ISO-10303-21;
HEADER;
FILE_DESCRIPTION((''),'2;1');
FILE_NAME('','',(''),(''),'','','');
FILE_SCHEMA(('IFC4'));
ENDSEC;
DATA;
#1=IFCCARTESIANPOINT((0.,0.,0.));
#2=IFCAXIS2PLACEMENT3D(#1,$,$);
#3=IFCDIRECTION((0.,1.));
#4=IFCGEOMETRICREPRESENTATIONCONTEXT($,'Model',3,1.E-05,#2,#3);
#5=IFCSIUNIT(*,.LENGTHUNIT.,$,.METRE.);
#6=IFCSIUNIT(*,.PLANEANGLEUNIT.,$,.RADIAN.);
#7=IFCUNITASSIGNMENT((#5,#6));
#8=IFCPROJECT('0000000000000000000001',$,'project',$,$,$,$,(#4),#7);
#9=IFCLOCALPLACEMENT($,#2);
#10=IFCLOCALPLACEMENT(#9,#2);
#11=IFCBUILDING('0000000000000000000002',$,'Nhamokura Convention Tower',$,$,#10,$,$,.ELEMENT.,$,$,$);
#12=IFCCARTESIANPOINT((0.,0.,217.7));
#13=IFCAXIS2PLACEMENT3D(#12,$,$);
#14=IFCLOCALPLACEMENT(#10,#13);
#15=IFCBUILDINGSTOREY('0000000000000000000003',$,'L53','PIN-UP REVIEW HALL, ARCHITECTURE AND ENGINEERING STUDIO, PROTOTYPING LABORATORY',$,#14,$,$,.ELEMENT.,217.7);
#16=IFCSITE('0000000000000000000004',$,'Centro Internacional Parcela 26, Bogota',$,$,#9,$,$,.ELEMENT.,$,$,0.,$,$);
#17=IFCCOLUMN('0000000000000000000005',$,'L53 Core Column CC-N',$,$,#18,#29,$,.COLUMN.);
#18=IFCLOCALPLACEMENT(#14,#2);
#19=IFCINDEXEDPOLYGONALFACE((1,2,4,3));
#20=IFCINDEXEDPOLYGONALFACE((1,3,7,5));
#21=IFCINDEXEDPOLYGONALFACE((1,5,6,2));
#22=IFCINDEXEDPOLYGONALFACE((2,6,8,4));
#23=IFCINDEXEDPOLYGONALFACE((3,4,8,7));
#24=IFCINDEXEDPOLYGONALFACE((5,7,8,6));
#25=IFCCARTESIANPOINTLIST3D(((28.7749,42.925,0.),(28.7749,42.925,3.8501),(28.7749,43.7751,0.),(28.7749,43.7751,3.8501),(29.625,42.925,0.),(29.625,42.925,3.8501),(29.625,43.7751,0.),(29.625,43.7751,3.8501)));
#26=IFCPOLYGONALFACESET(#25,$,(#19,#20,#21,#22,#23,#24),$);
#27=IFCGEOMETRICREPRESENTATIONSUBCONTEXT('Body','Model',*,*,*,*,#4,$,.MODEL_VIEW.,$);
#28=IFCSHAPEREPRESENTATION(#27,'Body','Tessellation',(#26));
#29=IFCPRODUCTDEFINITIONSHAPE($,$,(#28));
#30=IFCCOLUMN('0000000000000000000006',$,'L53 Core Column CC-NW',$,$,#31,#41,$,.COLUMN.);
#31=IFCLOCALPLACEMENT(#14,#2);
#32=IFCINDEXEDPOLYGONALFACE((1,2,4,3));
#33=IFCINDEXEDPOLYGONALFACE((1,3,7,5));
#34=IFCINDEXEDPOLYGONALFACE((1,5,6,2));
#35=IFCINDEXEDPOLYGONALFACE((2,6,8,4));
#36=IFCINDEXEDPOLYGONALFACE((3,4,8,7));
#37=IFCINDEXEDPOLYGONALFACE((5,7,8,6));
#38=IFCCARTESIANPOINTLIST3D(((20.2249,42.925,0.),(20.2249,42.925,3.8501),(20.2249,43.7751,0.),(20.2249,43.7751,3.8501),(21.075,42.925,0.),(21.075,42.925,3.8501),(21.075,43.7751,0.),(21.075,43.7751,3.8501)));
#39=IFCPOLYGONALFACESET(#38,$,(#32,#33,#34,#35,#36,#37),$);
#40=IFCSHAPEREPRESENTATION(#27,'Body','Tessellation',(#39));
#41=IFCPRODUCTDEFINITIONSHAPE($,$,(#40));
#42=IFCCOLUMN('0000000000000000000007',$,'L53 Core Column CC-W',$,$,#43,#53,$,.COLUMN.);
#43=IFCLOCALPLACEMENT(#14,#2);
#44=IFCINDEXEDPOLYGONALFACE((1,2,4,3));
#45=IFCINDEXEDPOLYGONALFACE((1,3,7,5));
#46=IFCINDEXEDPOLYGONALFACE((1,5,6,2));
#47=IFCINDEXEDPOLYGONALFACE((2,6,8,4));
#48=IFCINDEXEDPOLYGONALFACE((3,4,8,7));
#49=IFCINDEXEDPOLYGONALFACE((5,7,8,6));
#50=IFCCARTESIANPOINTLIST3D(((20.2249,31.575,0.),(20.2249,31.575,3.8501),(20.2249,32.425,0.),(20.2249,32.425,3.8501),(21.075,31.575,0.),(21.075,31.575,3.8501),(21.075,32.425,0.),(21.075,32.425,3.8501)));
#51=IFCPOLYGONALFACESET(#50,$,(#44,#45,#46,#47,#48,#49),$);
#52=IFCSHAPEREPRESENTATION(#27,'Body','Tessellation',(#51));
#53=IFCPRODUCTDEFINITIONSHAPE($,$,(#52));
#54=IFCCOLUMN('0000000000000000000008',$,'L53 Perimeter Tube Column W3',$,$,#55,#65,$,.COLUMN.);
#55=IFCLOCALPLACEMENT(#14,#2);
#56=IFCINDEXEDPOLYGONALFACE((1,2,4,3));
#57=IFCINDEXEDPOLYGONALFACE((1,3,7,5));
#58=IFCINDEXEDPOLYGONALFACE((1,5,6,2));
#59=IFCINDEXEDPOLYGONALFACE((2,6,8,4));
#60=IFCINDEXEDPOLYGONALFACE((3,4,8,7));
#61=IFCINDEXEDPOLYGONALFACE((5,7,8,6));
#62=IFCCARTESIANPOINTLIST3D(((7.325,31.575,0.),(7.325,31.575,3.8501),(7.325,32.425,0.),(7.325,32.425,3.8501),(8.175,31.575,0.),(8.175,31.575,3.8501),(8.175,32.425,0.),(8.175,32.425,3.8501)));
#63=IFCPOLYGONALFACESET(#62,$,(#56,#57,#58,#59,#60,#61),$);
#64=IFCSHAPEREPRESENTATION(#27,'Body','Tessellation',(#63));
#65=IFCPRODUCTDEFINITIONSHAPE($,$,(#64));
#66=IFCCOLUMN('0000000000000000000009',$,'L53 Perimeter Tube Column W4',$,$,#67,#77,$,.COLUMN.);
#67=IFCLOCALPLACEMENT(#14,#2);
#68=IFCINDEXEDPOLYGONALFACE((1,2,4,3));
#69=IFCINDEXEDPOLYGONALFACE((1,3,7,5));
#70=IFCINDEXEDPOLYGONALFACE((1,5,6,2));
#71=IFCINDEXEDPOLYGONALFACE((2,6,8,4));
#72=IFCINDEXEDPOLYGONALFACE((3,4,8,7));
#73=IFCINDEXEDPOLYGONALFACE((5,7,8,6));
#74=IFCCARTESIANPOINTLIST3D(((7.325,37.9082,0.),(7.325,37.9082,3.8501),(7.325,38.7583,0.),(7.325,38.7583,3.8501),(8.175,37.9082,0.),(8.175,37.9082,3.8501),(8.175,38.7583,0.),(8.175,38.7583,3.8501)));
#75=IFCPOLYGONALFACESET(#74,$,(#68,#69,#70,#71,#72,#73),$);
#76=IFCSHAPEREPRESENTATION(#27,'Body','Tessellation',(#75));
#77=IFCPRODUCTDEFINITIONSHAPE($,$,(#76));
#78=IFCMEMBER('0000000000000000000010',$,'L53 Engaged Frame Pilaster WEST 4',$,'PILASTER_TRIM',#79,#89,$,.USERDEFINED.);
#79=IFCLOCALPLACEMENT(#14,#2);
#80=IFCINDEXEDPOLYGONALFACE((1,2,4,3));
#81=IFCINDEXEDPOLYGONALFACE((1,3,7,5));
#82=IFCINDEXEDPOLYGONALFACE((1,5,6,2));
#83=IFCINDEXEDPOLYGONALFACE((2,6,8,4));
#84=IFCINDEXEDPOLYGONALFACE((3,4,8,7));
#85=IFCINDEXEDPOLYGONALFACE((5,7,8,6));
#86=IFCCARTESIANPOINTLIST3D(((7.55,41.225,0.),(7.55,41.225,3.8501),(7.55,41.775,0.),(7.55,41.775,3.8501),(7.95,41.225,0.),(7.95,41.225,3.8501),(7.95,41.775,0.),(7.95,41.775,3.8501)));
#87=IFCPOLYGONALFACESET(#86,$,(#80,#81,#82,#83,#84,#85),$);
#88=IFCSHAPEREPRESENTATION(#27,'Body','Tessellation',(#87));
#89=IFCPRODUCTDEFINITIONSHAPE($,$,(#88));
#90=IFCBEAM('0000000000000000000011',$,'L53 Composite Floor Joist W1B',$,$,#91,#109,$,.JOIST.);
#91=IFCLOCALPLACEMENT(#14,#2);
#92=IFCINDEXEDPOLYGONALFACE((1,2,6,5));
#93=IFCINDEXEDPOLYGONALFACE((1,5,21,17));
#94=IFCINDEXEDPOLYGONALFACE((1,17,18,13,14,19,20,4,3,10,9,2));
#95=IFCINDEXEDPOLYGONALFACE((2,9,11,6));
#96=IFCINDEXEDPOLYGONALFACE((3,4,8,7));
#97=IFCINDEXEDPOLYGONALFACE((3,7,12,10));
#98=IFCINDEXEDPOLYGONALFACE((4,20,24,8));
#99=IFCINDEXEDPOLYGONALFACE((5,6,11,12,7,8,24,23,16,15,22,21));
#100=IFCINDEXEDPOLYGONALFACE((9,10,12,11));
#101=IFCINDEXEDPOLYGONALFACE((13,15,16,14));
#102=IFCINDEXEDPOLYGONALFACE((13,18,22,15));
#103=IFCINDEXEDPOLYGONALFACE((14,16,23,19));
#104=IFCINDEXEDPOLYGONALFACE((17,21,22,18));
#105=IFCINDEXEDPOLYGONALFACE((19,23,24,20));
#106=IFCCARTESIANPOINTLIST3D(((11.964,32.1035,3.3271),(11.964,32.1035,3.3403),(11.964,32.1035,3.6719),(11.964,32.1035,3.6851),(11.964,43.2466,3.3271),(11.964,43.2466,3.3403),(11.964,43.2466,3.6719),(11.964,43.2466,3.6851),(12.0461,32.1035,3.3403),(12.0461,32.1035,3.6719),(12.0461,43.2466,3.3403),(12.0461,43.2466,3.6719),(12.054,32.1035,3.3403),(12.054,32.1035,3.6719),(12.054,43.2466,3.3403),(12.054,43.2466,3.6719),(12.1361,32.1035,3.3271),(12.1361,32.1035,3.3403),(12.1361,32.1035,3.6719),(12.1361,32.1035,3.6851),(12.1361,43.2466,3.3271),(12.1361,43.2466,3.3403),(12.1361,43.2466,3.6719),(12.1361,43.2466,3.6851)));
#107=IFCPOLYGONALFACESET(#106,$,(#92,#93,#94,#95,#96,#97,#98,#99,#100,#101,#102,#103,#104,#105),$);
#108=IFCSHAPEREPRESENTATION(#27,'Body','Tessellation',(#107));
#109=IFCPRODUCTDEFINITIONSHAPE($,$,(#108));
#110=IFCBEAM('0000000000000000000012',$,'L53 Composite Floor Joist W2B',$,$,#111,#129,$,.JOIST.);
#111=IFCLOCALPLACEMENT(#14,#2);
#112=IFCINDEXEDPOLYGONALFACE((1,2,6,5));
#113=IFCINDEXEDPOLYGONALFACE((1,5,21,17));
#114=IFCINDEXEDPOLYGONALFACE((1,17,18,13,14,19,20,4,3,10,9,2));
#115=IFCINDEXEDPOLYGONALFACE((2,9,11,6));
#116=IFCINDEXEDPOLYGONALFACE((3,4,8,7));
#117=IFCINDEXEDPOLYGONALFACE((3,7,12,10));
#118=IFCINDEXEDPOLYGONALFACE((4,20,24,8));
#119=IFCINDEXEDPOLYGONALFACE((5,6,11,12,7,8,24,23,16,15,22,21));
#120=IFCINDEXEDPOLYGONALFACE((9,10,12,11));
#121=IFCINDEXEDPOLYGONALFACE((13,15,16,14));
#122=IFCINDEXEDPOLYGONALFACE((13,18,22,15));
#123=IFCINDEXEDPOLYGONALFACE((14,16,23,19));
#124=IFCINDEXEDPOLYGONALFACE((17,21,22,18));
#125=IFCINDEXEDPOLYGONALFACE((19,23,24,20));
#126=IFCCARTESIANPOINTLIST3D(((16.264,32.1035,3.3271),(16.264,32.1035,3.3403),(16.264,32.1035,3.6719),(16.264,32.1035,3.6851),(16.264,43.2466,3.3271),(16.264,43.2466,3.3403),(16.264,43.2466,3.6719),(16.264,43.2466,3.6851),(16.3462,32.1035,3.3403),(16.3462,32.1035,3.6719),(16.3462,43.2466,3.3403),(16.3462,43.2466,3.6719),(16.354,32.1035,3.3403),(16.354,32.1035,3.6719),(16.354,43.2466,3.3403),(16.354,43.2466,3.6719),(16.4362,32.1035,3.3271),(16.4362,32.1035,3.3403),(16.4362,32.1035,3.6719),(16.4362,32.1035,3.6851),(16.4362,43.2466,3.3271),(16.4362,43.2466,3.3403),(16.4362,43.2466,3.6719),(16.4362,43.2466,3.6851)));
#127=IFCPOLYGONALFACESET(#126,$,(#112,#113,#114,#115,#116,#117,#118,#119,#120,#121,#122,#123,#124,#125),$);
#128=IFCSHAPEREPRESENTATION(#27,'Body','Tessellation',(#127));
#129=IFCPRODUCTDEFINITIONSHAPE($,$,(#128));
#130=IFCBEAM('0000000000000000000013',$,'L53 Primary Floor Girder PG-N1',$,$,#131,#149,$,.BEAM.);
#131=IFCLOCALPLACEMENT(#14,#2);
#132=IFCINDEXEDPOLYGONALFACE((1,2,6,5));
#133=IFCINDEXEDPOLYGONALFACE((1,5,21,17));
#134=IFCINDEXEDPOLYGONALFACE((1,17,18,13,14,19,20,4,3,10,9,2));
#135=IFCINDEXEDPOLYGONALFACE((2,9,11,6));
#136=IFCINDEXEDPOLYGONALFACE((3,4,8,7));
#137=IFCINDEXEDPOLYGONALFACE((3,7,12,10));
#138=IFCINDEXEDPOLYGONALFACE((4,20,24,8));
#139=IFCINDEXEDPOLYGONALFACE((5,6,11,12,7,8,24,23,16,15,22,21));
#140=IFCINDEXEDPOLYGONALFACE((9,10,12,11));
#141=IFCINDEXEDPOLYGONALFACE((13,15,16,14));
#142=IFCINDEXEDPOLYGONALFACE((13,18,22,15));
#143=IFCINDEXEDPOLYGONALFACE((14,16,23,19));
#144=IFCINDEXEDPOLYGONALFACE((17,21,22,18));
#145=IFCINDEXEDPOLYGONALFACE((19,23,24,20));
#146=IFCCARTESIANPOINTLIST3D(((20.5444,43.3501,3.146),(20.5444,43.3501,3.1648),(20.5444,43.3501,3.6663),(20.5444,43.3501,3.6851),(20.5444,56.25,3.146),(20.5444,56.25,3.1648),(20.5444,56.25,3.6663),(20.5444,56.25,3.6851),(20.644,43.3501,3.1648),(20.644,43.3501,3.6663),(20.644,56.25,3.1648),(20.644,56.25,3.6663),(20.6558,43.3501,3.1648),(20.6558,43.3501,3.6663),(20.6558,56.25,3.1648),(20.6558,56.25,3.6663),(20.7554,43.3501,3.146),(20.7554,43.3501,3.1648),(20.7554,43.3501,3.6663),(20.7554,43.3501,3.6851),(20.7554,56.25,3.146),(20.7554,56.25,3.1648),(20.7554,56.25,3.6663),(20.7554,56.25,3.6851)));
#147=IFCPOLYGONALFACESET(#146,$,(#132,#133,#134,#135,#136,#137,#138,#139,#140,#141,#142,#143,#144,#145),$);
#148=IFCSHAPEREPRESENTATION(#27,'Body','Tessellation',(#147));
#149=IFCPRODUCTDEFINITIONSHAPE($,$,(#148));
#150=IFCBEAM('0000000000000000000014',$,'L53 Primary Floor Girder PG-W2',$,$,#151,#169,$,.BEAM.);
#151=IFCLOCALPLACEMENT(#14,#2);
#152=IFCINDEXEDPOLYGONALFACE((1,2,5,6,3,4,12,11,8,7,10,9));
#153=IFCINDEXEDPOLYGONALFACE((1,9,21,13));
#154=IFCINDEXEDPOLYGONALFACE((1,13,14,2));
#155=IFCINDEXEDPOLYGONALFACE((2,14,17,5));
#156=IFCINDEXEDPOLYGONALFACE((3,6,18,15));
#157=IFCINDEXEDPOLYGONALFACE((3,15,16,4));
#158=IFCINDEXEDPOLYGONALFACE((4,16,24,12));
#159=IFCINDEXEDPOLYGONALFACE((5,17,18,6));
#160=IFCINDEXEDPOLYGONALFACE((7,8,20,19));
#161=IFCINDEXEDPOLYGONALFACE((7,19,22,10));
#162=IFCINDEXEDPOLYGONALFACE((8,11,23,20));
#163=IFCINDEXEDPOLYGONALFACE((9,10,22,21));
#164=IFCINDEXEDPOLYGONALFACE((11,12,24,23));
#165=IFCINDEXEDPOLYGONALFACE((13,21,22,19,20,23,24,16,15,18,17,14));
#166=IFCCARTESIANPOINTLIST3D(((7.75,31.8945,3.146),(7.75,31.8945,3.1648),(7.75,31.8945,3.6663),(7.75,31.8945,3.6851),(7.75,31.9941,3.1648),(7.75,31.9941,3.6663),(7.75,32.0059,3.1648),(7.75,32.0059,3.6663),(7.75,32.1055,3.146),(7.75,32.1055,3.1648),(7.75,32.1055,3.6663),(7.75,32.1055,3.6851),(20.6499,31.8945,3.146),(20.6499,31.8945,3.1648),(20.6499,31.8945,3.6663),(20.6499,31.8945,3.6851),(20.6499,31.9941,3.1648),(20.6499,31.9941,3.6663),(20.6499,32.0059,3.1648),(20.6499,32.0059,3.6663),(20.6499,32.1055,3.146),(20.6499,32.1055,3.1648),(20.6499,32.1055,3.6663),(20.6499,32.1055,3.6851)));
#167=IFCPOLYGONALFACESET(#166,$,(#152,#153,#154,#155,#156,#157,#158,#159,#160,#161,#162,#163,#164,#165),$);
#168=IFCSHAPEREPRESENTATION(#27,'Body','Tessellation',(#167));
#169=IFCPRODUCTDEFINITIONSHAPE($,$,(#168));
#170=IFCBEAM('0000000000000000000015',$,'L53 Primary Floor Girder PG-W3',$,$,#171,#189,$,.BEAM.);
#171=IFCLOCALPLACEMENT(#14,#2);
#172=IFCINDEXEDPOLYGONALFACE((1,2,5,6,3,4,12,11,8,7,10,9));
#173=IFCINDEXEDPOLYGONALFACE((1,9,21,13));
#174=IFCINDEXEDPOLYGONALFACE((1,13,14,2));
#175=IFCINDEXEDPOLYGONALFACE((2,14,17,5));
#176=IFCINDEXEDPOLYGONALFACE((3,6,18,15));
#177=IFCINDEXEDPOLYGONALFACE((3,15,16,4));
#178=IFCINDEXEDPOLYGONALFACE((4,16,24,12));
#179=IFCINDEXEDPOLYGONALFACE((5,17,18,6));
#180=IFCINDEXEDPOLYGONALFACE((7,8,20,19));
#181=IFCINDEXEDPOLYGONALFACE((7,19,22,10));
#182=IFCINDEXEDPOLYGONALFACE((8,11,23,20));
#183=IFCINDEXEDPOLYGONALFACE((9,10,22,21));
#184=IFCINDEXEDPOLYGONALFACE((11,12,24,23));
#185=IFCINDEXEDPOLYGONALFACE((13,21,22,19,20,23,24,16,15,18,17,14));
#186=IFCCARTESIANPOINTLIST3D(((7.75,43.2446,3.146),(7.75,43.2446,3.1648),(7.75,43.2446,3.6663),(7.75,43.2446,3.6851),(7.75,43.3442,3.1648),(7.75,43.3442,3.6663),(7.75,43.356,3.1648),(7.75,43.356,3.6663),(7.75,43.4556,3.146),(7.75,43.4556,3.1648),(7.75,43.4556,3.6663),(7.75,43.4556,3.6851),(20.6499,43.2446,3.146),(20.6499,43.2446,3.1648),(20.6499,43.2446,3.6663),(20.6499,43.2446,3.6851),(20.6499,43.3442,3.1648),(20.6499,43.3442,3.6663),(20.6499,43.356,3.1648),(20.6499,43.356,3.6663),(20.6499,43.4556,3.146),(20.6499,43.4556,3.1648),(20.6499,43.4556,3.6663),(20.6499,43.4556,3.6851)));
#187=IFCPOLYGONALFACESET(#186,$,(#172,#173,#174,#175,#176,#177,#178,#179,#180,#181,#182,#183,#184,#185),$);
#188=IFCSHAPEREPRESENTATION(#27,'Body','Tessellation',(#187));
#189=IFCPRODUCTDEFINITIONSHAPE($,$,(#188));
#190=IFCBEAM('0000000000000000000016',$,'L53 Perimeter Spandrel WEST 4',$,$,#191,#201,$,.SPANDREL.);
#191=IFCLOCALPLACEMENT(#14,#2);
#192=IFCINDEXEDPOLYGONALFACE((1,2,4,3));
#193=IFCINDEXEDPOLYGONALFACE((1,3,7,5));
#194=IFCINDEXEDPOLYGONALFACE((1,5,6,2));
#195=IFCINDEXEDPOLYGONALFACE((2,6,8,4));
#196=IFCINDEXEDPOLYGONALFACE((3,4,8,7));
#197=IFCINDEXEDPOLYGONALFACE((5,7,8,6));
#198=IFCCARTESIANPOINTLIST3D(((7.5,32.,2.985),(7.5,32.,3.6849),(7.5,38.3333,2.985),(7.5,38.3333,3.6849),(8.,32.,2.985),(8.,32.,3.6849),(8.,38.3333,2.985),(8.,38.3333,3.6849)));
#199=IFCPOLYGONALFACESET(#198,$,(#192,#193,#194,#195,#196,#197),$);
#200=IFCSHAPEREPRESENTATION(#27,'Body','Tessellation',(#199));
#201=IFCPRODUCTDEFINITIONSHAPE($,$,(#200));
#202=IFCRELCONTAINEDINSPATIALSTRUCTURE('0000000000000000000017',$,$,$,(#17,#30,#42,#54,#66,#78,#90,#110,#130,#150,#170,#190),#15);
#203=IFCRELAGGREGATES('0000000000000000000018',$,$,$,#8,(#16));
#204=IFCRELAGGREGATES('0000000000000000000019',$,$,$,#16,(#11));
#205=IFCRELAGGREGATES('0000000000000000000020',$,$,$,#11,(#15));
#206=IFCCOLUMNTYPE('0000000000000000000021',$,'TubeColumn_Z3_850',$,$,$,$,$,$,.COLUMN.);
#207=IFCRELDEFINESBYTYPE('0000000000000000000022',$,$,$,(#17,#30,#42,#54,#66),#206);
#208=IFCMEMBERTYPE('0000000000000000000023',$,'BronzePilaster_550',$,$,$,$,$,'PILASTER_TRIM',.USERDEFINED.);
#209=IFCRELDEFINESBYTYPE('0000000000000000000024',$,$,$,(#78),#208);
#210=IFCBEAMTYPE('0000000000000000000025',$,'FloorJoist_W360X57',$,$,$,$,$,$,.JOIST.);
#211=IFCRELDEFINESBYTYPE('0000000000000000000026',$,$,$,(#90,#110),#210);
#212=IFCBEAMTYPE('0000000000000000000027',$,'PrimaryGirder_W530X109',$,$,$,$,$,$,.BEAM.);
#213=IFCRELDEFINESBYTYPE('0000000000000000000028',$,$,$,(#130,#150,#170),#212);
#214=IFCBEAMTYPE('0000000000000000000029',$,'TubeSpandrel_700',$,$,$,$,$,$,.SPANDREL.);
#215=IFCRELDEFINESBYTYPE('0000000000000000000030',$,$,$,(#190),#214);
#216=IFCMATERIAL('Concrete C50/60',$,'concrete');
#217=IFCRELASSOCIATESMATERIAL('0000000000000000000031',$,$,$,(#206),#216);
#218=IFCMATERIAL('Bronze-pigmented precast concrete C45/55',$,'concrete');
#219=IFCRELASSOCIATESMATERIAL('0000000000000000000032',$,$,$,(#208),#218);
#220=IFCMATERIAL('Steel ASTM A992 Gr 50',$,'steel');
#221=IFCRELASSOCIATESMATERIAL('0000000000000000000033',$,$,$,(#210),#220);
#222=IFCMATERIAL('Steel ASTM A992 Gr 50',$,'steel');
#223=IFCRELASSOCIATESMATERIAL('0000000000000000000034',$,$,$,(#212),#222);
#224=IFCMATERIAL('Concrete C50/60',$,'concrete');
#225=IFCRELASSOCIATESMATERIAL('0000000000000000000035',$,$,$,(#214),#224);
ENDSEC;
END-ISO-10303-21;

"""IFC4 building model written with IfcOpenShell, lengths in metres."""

from ifc_helpers import new_model, si_unit, direction, frame, origin, origin_2d, place, context, subcontext, project, spatial, rectangle, i_section, extrude, material, material_profile, profile_set, type_object, element, save


model = new_model("IFC4")

# Units and contexts
model_context = context("Model", 3, precision=1e-05, world=origin(), true_north=direction((0.0, 1.0)))
body_context = subcontext(model_context, "Body", "Model", "MODEL_VIEW")
ifc_project = project(units=[si_unit("LENGTHUNIT", "METRE"), si_unit("PLANEANGLEUNIT", "RADIAN")], contexts=[model_context])

# Site, building, storey
site_placement = place(None, origin())
site = spatial("IfcSite", under=ifc_project, at=site_placement, Name="Centro Internacional Parcela 26, Bogota", CompositionType="ELEMENT", RefElevation=0.0)
building_placement = place(site_placement, origin())
building = spatial("IfcBuilding", under=site, at=building_placement, Name="Nhamokura Convention Tower", CompositionType="ELEMENT")
storey_placement = place(building_placement, frame((0.0, 0.0, 217.7)))
storey = spatial("IfcBuildingStorey", under=building, at=storey_placement, Name="L53", Description="PIN-UP REVIEW HALL, ARCHITECTURE AND ENGINEERING STUDIO, PROTOTYPING LABORATORY", CompositionType="ELEMENT", Elevation=217.7)

# Columns
ifc_material_1 = material(Name="Concrete C50/60", Category="concrete")
ifc_material_profile_1 = material_profile(ifc_material_1, rectangle(XDim=0.8501, YDim=0.8501, at=origin_2d()))
ifc_profile_set_1 = profile_set([ifc_material_profile_1], Name="Concrete C50/60")
column_type = type_object("IfcColumnType", Name="TubeColumn_Z3_850", PredefinedType="COLUMN", material=ifc_profile_set_1)
for number, where, z_axis, x_axis, name in (
    (1, (29.2, 43.3501, 0.0), (0.0, 0.0, 1.0), (1.0, 0.0, 0.0), "L53 Core Column CC-N"),
    (2, (20.6499, 43.3501, 0.0), (0.0, 0.0, 1.0), (1.0, 0.0, 0.0), "L53 Core Column CC-NW"),
    (3, (20.6499, 32.0, 0.0), (0.0, 0.0, 1.0), (1.0, 0.0, 0.0), "L53 Core Column CC-W"),
    (4, (7.75, 32.0, 0.0), (0.0, 0.0, 1.0), (1.0, 0.0, 0.0), "L53 Perimeter Tube Column W3"),
    (5, (7.75, 38.3333, 0.0), (0.0, 0.0, 1.0), (1.0, 0.0, 0.0), "L53 Perimeter Tube Column W4"),
):
    element("IfcColumn", number, at=place(storey_placement, frame(where, z_axis=z_axis, x_axis=x_axis)), inside=storey, type_object=column_type, Name=name, PredefinedType="COLUMN", context=body_context, shape_type="SweptSolid", body=[
        extrude(rectangle(XDim=0.8501, YDim=0.8501, at=origin_2d()), origin(), (0.0, 0.0, 1.0), 3.8501),
    ])

# Member
ifc_material_2 = material(Name="Bronze-pigmented precast concrete C45/55", Category="concrete")
ifc_material_profile_2 = material_profile(ifc_material_2, rectangle(XDim=0.3999, YDim=0.55, at=origin_2d()))
ifc_profile_set_2 = profile_set([ifc_material_profile_2], Name="Bronze-pigmented precast concrete C45/55")
member_type = type_object("IfcMemberType", Name="BronzePilaster_550", ElementType="PILASTER_TRIM", PredefinedType="USERDEFINED", material=ifc_profile_set_2)
member_placement = place(storey_placement, frame((7.75, 41.5, 0.0), z_axis=(0.0, 0.0, 1.0), x_axis=(1.0, 0.0, 0.0)))
element("IfcMember", 6, at=member_placement, inside=storey, type_object=member_type, Name="L53 Engaged Frame Pilaster WEST 4", ObjectType="PILASTER_TRIM", PredefinedType="USERDEFINED", context=body_context, shape_type="SweptSolid", body=[
    extrude(rectangle(XDim=0.3999, YDim=0.55, at=origin_2d()), origin(), (0.0, 0.0, 1.0), 3.8501),
])

# Beams
ifc_material_3 = material(Name="Steel ASTM A992 Gr 50", Category="steel")
ifc_material_profile_3 = material_profile(ifc_material_3, i_section(OverallWidth=0.1721, OverallDepth=0.3579, WebThickness=0.0078, FlangeThickness=0.0132, at=origin_2d()))
ifc_profile_set_3 = profile_set([ifc_material_profile_3], Name="Steel ASTM A992 Gr 50")
beam_type_1 = type_object("IfcBeamType", Name="FloorJoist_W360X57", PredefinedType="JOIST", material=ifc_profile_set_3)
for number, where, z_axis, x_axis, name in (
    (7, (12.05, 32.1035, 3.5061), (0.0, 1.0, 0.0), (-1.0, 0.0, 0.0), "L53 Composite Floor Joist W1B"),
    (8, (16.3501, 32.1035, 3.5061), (0.0, 1.0, 0.0), (-1.0, 0.0, 0.0), "L53 Composite Floor Joist W2B"),
):
    element("IfcBeam", number, at=place(storey_placement, frame(where, z_axis=z_axis, x_axis=x_axis)), inside=storey, type_object=beam_type_1, Name=name, PredefinedType="JOIST", context=body_context, shape_type="SweptSolid", body=[
        extrude(i_section(OverallWidth=0.1721, OverallDepth=0.3579, WebThickness=0.0078, FlangeThickness=0.0132, at=origin_2d()), origin(), (0.0, 0.0, 1.0), 11.1431),
    ])
ifc_material_4 = material(Name="Steel ASTM A992 Gr 50", Category="steel")
ifc_material_profile_4 = material_profile(ifc_material_4, i_section(OverallWidth=0.2109, OverallDepth=0.5391, WebThickness=0.0117, FlangeThickness=0.0188, at=origin_2d()))
ifc_profile_set_4 = profile_set([ifc_material_profile_4], Name="Steel ASTM A992 Gr 50")
beam_type_2 = type_object("IfcBeamType", Name="PrimaryGirder_W530X109", PredefinedType="BEAM", material=ifc_profile_set_4)
for number, where, z_axis, x_axis, name in (
    (9, (20.6499, 43.3501, 3.4155), (0.0, 1.0, 0.0), (-1.0, 0.0, 0.0), "L53 Primary Floor Girder PG-N1"),
    (10, (7.75, 32.0, 3.4155), (1.0, 0.0, 0.0), (0.0, 1.0, 0.0), "L53 Primary Floor Girder PG-W2"),
    (11, (7.75, 43.3501, 3.4155), (1.0, 0.0, 0.0), (0.0, 1.0, 0.0), "L53 Primary Floor Girder PG-W3"),
):
    element("IfcBeam", number, at=place(storey_placement, frame(where, z_axis=z_axis, x_axis=x_axis)), inside=storey, type_object=beam_type_2, Name=name, PredefinedType="BEAM", context=body_context, shape_type="SweptSolid", body=[
        extrude(i_section(OverallWidth=0.2109, OverallDepth=0.5391, WebThickness=0.0117, FlangeThickness=0.0188, at=origin_2d()), origin(), (0.0, 0.0, 1.0), 12.8999),
    ])
ifc_material_5 = material(Name="Concrete C50/60", Category="concrete")
ifc_material_profile_5 = material_profile(ifc_material_5, rectangle(XDim=0.5, YDim=0.7, at=origin_2d()))
ifc_profile_set_5 = profile_set([ifc_material_profile_5], Name="Concrete C50/60")
beam_type_3 = type_object("IfcBeamType", Name="TubeSpandrel_700", PredefinedType="SPANDREL", material=ifc_profile_set_5)
beam_1_placement = place(storey_placement, frame((7.75, 32.0, 3.335), z_axis=(0.0, 1.0, 0.0), x_axis=(-1.0, 0.0, 0.0)))
element("IfcBeam", 12, at=beam_1_placement, inside=storey, type_object=beam_type_3, Name="L53 Perimeter Spandrel WEST 4", PredefinedType="SPANDREL", context=body_context, shape_type="SweptSolid", body=[
    extrude(rectangle(XDim=0.5, YDim=0.7, at=origin_2d()), origin(), (0.0, 0.0, 1.0), 6.3333),
])

save(model, "model.ifc")
